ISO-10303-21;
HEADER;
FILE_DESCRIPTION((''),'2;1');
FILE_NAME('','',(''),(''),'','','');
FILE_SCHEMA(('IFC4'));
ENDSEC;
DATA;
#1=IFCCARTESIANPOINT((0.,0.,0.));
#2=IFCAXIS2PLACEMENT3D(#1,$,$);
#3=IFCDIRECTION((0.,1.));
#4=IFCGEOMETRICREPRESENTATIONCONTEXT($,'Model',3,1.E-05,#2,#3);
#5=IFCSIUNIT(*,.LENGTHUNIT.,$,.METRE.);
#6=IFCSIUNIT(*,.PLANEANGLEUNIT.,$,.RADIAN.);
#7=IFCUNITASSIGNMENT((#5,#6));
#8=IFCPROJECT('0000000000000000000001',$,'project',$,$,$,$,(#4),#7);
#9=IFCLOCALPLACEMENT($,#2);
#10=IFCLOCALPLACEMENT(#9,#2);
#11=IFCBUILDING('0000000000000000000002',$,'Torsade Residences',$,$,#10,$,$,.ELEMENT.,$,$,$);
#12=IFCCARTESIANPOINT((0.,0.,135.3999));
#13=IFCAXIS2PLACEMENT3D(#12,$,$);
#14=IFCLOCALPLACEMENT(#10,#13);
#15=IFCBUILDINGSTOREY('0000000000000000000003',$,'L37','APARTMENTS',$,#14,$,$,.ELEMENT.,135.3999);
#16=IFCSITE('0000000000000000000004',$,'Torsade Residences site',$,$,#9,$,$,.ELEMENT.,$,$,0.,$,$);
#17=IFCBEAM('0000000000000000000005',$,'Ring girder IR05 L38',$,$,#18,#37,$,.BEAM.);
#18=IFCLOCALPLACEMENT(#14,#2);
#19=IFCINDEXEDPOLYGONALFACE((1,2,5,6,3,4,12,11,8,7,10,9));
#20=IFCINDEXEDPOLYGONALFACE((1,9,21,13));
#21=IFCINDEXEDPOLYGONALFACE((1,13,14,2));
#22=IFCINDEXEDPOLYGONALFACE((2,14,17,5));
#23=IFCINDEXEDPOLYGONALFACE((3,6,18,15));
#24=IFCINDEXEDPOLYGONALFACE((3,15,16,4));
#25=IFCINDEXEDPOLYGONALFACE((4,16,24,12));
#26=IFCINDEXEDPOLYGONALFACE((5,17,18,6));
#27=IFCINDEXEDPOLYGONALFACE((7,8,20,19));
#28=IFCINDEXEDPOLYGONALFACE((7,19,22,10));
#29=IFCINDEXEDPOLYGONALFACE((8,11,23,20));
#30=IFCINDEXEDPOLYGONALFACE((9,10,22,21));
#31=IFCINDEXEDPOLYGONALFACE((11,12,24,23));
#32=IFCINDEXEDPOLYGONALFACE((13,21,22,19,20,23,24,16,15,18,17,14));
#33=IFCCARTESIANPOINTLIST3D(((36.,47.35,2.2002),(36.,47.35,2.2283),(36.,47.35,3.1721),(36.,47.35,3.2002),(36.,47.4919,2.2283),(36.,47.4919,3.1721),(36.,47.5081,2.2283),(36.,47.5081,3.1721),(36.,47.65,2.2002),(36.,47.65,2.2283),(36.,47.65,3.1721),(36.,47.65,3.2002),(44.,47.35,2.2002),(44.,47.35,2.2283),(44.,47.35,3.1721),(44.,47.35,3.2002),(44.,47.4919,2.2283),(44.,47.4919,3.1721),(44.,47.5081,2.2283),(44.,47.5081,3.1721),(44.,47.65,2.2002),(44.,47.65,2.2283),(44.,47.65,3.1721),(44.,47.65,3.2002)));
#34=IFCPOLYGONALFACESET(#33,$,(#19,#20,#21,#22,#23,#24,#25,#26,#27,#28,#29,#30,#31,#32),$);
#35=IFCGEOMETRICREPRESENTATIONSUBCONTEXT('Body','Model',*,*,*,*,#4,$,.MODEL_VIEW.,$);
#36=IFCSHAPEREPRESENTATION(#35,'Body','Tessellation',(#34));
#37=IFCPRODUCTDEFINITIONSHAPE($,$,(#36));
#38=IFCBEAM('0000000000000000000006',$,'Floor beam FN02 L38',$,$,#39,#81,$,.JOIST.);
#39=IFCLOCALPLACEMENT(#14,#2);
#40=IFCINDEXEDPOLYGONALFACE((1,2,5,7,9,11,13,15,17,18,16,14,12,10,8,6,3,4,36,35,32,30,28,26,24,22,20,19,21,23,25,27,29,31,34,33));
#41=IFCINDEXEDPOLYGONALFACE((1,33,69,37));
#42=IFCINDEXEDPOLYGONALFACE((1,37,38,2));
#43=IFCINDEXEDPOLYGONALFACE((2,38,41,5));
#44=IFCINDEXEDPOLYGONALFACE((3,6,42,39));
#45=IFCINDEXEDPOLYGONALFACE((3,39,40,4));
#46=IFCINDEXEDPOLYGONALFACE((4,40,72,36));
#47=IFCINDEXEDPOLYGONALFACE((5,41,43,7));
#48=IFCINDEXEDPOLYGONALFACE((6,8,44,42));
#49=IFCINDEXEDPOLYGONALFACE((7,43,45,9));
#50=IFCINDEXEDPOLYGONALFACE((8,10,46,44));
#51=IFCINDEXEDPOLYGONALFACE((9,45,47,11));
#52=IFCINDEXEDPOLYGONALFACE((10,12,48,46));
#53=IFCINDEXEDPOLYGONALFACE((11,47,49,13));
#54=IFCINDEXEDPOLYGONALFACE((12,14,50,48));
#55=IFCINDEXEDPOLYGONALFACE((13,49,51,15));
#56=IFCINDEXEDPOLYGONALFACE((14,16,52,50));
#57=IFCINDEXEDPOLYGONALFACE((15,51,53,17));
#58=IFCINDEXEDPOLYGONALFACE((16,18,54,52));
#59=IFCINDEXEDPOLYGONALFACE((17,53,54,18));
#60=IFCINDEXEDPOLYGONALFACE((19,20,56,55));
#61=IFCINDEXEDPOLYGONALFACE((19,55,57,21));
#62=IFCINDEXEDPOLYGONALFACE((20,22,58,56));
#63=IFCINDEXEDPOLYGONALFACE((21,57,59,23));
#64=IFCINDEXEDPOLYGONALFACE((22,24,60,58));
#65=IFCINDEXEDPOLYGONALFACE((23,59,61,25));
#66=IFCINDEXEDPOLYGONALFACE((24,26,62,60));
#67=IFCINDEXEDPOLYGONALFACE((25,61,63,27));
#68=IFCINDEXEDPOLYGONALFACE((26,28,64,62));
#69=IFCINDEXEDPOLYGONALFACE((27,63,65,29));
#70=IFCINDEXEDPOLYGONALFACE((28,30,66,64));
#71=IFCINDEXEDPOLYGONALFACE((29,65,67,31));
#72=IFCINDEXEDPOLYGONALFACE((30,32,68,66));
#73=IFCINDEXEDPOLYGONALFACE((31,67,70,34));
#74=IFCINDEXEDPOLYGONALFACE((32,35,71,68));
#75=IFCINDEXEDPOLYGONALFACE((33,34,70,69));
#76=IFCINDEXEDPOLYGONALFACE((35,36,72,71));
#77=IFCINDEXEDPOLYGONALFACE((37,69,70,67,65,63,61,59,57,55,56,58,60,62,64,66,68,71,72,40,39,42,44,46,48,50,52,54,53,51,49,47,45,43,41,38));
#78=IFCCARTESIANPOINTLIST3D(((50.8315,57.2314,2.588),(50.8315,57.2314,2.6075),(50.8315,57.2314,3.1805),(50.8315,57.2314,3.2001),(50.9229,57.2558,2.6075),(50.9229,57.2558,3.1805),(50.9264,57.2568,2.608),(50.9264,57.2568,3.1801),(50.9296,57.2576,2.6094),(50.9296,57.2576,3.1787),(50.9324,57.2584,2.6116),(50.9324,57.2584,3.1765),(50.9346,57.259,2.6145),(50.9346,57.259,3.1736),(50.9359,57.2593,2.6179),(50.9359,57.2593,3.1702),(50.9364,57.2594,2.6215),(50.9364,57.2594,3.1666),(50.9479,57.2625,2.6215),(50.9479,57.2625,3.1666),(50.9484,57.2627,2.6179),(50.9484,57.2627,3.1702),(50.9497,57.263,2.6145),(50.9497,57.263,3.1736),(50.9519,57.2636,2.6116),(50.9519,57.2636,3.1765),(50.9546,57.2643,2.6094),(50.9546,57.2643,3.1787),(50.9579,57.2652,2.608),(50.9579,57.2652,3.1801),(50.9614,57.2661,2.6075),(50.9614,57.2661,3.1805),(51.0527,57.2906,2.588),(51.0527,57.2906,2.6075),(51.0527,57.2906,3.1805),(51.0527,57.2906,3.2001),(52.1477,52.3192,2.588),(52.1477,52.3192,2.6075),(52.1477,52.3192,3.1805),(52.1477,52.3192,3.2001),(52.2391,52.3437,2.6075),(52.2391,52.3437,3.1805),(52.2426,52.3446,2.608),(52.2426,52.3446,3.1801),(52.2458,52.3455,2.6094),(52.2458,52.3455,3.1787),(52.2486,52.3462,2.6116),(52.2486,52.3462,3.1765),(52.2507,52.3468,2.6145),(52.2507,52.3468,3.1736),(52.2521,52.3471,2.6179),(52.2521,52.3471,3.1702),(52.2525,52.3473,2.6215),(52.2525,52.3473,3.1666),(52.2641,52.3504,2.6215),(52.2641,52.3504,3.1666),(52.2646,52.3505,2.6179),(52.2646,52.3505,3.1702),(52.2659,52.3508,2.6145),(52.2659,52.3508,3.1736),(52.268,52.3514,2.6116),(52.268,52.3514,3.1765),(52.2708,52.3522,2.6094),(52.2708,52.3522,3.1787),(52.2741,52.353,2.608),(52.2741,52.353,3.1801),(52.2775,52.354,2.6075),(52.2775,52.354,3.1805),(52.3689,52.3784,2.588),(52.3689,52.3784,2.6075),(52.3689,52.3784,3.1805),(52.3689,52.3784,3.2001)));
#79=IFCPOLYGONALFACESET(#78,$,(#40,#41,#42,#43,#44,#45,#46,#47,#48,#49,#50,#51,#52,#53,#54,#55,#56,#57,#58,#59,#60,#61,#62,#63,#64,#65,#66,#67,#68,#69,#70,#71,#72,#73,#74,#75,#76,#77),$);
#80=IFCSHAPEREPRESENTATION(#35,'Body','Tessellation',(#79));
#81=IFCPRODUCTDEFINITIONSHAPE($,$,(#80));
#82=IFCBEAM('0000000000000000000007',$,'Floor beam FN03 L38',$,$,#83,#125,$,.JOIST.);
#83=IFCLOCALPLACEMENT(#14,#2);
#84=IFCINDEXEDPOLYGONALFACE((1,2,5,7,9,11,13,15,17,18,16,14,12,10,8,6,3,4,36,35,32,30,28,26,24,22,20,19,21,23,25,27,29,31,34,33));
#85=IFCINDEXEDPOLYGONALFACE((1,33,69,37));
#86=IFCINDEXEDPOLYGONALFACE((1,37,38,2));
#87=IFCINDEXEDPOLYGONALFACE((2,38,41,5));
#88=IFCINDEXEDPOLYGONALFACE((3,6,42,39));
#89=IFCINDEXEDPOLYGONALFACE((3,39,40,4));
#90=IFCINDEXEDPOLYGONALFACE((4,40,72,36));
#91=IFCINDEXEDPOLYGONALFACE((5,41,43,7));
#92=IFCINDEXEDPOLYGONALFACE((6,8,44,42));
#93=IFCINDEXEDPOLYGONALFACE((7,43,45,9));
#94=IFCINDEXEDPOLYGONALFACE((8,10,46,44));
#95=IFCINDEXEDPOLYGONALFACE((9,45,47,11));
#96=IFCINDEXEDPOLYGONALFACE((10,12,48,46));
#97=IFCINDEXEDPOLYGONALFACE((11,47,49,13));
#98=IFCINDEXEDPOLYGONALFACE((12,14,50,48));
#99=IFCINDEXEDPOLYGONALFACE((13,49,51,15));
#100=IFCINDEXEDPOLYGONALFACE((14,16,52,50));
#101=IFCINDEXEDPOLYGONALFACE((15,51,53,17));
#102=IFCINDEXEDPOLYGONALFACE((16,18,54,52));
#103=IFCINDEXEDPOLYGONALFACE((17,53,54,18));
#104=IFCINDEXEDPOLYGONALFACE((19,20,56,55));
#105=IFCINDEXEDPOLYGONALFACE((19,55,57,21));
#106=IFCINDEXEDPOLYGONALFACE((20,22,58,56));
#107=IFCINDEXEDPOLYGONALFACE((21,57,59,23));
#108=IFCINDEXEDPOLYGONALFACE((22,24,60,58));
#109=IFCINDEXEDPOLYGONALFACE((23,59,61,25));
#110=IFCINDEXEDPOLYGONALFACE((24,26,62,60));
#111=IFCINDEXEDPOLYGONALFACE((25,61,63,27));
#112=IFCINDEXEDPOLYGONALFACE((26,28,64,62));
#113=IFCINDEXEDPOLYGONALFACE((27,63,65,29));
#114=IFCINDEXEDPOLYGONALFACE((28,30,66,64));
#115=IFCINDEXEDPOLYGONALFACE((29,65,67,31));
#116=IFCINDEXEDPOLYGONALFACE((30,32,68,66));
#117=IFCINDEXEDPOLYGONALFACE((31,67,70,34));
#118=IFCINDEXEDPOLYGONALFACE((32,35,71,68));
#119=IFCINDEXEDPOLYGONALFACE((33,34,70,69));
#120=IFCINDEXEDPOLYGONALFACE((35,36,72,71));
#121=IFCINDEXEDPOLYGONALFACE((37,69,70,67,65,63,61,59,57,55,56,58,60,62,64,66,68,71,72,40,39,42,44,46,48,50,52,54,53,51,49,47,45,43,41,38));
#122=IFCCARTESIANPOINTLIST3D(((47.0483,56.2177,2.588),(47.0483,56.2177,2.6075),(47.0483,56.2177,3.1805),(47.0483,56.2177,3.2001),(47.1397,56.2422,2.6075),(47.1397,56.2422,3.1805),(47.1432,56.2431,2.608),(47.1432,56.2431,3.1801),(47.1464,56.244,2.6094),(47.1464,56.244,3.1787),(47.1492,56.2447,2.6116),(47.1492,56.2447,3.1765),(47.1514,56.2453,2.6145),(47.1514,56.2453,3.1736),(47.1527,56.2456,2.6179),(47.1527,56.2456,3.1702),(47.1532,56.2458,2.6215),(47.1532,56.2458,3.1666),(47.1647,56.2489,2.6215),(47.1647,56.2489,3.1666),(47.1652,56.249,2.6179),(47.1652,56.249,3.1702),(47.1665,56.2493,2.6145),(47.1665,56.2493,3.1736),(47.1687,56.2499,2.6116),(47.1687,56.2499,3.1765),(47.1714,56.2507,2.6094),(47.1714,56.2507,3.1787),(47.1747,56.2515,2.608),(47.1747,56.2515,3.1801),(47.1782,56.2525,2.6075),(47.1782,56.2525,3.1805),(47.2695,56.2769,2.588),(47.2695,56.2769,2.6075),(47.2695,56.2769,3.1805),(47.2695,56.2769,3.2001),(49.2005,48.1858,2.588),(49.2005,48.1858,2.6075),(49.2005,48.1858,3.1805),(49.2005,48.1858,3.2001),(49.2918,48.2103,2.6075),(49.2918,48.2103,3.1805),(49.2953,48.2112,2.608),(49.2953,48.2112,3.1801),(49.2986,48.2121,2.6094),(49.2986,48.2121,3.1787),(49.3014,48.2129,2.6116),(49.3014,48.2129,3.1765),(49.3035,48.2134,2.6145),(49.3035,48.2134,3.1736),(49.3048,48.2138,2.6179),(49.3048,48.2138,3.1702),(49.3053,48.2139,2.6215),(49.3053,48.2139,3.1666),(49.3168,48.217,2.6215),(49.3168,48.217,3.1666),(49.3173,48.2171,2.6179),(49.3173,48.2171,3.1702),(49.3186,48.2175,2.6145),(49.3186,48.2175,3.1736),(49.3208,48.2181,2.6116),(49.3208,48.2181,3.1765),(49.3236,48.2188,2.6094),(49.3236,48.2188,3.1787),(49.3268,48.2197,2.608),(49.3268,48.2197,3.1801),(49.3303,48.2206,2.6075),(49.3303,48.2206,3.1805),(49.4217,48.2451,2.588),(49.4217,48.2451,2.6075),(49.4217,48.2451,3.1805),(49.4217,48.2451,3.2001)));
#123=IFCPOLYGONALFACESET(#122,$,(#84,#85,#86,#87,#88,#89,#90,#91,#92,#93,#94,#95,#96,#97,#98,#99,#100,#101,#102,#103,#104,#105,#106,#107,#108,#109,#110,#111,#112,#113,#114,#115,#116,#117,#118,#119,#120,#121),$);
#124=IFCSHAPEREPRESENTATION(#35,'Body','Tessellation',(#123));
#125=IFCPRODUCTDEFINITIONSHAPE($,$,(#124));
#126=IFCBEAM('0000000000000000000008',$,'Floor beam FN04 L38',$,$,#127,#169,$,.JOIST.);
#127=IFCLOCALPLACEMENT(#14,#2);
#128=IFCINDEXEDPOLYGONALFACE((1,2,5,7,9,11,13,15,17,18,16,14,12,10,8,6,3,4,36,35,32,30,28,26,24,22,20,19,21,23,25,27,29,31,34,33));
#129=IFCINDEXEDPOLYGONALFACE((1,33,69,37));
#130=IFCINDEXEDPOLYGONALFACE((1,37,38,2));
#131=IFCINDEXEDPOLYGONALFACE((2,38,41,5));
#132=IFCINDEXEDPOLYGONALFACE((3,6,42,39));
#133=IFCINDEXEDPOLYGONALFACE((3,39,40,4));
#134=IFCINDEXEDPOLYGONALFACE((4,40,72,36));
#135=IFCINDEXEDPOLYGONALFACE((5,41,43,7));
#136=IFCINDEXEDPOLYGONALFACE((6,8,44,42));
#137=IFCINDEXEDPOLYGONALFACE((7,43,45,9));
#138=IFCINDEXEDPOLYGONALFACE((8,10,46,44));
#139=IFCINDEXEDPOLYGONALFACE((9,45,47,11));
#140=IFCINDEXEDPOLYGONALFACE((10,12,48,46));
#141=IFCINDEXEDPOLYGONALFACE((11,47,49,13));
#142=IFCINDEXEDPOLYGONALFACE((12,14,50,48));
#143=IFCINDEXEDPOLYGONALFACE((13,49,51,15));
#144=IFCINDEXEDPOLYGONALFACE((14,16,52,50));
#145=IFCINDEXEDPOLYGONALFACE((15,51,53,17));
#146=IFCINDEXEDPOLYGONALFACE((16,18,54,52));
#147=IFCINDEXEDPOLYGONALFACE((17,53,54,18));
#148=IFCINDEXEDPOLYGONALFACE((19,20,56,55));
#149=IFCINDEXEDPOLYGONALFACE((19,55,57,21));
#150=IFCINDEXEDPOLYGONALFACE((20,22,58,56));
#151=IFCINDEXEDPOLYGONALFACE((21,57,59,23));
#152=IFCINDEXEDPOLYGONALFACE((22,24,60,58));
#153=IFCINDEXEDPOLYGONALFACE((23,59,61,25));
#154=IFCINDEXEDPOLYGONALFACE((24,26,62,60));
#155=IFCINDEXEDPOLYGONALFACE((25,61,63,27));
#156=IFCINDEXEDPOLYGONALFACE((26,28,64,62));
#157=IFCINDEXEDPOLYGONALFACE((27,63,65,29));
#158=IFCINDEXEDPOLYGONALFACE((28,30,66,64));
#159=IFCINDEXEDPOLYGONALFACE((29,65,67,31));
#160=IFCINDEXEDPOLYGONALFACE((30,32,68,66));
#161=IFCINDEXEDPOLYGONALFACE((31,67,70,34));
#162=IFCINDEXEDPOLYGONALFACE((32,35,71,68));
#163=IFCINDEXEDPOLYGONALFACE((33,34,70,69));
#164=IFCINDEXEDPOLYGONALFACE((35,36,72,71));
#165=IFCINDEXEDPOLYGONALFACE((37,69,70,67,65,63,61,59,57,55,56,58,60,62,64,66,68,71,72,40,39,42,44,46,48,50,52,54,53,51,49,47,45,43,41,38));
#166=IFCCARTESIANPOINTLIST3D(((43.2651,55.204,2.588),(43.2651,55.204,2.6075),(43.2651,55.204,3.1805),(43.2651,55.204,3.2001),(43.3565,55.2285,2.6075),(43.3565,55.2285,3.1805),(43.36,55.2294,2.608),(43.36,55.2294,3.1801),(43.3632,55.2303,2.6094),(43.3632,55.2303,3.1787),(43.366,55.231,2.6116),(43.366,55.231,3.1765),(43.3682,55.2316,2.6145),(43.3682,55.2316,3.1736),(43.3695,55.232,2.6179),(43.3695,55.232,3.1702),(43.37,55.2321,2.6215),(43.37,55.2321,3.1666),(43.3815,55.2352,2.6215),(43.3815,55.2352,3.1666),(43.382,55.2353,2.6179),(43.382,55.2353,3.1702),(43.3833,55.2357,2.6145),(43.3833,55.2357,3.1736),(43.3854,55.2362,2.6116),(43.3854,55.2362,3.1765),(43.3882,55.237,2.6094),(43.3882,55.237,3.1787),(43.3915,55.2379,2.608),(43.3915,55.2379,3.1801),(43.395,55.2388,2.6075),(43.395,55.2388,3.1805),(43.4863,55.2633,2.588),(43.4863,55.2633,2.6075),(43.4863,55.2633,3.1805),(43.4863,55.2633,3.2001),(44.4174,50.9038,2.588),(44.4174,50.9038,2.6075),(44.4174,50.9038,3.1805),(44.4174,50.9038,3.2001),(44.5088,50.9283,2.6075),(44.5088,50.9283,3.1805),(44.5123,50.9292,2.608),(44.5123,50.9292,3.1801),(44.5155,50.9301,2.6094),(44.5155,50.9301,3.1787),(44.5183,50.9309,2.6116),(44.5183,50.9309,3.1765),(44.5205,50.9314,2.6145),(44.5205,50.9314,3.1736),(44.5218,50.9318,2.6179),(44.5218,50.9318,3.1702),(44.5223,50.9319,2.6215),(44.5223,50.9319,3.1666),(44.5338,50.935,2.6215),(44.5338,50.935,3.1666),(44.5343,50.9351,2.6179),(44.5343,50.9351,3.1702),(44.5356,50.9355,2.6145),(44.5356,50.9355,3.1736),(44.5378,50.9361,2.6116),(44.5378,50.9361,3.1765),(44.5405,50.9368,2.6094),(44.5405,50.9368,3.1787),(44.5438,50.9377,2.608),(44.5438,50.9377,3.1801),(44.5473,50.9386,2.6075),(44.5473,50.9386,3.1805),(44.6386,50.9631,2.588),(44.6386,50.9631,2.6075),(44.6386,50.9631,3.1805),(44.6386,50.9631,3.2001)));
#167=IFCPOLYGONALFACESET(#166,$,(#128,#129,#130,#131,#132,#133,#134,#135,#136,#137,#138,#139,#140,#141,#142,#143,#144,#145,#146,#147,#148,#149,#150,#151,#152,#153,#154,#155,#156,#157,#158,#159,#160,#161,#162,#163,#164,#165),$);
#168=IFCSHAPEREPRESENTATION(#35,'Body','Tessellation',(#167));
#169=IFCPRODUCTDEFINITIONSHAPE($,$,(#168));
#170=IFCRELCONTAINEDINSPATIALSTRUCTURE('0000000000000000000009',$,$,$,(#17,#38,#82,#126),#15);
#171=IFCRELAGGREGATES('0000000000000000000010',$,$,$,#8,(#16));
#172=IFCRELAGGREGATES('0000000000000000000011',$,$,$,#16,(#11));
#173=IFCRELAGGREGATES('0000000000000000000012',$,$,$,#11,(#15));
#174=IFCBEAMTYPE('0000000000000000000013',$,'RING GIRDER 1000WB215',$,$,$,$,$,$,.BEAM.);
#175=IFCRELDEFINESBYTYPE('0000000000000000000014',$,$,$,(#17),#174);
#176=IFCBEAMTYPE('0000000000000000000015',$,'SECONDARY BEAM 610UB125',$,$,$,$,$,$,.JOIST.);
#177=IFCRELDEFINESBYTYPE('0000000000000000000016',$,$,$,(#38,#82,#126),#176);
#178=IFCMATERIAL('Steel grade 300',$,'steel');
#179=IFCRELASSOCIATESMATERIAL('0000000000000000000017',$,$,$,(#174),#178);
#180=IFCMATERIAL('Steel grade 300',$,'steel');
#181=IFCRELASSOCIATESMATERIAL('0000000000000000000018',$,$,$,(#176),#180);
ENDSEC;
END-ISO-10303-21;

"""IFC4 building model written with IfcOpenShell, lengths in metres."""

from ifc_helpers import new_model, si_unit, direction, frame, origin, origin_2d, place, context, subcontext, project, spatial, i_section, extrude, material, material_profile, profile_set, type_object, element, save


model = new_model("IFC4")

# Units and contexts
model_context = context("Model", 3, precision=1e-05, world=origin(), true_north=direction((0.0, 1.0)))
body_context = subcontext(model_context, "Body", "Model", "MODEL_VIEW")
ifc_project = project(units=[si_unit("LENGTHUNIT", "METRE"), si_unit("PLANEANGLEUNIT", "RADIAN")], contexts=[model_context])

# Site, building, storey
site_placement = place(None, origin())
site = spatial("IfcSite", under=ifc_project, at=site_placement, Name="Torsade Residences site", CompositionType="ELEMENT", RefElevation=0.0)
building_placement = place(site_placement, origin())
building = spatial("IfcBuilding", under=site, at=building_placement, Name="Torsade Residences", CompositionType="ELEMENT")
storey_placement = place(building_placement, frame((0.0, 0.0, 135.3999)))
storey = spatial("IfcBuildingStorey", under=building, at=storey_placement, Name="L37", Description="APARTMENTS", CompositionType="ELEMENT", Elevation=135.3999)

# Beams
ifc_material_1 = material(Name="Steel grade 300", Category="steel")
ifc_material_profile_1 = material_profile(ifc_material_1, i_section(OverallWidth=0.3, OverallDepth=1.0, WebThickness=0.0161, FlangeThickness=0.0281, at=origin_2d()), Name="1000WB215")
ifc_profile_set_1 = profile_set([ifc_material_profile_1], Name="Steel grade 300")
beam_type_1 = type_object("IfcBeamType", Name="RING GIRDER 1000WB215", PredefinedType="BEAM", material=ifc_profile_set_1)
beam_1_placement = place(storey_placement, frame((44.0, 47.5, 2.7002), z_axis=(-1.0, 0.0, 0.0), x_axis=(0.0, -1.0, 0.0)))
element("IfcBeam", 1, at=beam_1_placement, inside=storey, type_object=beam_type_1, Name="Ring girder IR05 L38", PredefinedType="BEAM", context=body_context, shape_type="SweptSolid", body=[
    extrude(i_section(OverallWidth=0.3, OverallDepth=1.0, WebThickness=0.0161, FlangeThickness=0.0281, at=origin_2d()), origin(), (0.0, 0.0, 1.0), 8.0),
])
ifc_material_2 = material(Name="Steel grade 300", Category="steel")
ifc_material_profile_2 = material_profile(ifc_material_2, i_section(OverallWidth=0.229, OverallDepth=0.6121, WebThickness=0.012, FlangeThickness=0.0195, FilletRadius=0.0139, at=origin_2d()), Name="610UB125")
ifc_profile_set_2 = profile_set([ifc_material_profile_2], Name="Steel grade 300")
beam_type_2 = type_object("IfcBeamType", Name="SECONDARY BEAM 610UB125", PredefinedType="JOIST", material=ifc_profile_set_2)
beam_2_placement = place(storey_placement, frame((50.9421, 57.261, 2.894), z_axis=(0.258813, -0.965927, 0.0), x_axis=(0.965927, 0.258813, 0.0)))
element("IfcBeam", 2, at=beam_2_placement, inside=storey, type_object=beam_type_2, Name="Floor beam FN02 L38", PredefinedType="JOIST", context=body_context, shape_type="SweptSolid", body=[
    extrude(i_section(OverallWidth=0.229, OverallDepth=0.6121, WebThickness=0.012, FlangeThickness=0.0195, FilletRadius=0.0139, at=origin_2d()), origin(), (0.0, 0.0, 1.0), 5.0854),
])
beam_3_placement = place(storey_placement, frame((47.1589, 56.2473, 2.894), z_axis=(0.258819, -0.965926, 0.0), x_axis=(0.965926, 0.258819, 0.0)))
element("IfcBeam", 3, at=beam_3_placement, inside=storey, type_object=beam_type_2, Name="Floor beam FN03 L38", PredefinedType="JOIST", context=body_context, shape_type="SweptSolid", body=[
    extrude(i_section(OverallWidth=0.229, OverallDepth=0.6121, WebThickness=0.012, FlangeThickness=0.0195, FilletRadius=0.0139, at=origin_2d()), origin(), (0.0, 0.0, 1.0), 8.3152),
])
beam_4_placement = place(storey_placement, frame((43.3757, 55.2336, 2.894), z_axis=(0.258837, -0.965921, 0.0), x_axis=(0.965921, 0.258837, 0.0)))
element("IfcBeam", 4, at=beam_4_placement, inside=storey, type_object=beam_type_2, Name="Floor beam FN04 L38", PredefinedType="JOIST", context=body_context, shape_type="SweptSolid", body=[
    extrude(i_section(OverallWidth=0.229, OverallDepth=0.6121, WebThickness=0.012, FlangeThickness=0.0195, FilletRadius=0.0139, at=origin_2d()), origin(), (0.0, 0.0, 1.0), 4.4519),
])

save(model, "model.ifc")
